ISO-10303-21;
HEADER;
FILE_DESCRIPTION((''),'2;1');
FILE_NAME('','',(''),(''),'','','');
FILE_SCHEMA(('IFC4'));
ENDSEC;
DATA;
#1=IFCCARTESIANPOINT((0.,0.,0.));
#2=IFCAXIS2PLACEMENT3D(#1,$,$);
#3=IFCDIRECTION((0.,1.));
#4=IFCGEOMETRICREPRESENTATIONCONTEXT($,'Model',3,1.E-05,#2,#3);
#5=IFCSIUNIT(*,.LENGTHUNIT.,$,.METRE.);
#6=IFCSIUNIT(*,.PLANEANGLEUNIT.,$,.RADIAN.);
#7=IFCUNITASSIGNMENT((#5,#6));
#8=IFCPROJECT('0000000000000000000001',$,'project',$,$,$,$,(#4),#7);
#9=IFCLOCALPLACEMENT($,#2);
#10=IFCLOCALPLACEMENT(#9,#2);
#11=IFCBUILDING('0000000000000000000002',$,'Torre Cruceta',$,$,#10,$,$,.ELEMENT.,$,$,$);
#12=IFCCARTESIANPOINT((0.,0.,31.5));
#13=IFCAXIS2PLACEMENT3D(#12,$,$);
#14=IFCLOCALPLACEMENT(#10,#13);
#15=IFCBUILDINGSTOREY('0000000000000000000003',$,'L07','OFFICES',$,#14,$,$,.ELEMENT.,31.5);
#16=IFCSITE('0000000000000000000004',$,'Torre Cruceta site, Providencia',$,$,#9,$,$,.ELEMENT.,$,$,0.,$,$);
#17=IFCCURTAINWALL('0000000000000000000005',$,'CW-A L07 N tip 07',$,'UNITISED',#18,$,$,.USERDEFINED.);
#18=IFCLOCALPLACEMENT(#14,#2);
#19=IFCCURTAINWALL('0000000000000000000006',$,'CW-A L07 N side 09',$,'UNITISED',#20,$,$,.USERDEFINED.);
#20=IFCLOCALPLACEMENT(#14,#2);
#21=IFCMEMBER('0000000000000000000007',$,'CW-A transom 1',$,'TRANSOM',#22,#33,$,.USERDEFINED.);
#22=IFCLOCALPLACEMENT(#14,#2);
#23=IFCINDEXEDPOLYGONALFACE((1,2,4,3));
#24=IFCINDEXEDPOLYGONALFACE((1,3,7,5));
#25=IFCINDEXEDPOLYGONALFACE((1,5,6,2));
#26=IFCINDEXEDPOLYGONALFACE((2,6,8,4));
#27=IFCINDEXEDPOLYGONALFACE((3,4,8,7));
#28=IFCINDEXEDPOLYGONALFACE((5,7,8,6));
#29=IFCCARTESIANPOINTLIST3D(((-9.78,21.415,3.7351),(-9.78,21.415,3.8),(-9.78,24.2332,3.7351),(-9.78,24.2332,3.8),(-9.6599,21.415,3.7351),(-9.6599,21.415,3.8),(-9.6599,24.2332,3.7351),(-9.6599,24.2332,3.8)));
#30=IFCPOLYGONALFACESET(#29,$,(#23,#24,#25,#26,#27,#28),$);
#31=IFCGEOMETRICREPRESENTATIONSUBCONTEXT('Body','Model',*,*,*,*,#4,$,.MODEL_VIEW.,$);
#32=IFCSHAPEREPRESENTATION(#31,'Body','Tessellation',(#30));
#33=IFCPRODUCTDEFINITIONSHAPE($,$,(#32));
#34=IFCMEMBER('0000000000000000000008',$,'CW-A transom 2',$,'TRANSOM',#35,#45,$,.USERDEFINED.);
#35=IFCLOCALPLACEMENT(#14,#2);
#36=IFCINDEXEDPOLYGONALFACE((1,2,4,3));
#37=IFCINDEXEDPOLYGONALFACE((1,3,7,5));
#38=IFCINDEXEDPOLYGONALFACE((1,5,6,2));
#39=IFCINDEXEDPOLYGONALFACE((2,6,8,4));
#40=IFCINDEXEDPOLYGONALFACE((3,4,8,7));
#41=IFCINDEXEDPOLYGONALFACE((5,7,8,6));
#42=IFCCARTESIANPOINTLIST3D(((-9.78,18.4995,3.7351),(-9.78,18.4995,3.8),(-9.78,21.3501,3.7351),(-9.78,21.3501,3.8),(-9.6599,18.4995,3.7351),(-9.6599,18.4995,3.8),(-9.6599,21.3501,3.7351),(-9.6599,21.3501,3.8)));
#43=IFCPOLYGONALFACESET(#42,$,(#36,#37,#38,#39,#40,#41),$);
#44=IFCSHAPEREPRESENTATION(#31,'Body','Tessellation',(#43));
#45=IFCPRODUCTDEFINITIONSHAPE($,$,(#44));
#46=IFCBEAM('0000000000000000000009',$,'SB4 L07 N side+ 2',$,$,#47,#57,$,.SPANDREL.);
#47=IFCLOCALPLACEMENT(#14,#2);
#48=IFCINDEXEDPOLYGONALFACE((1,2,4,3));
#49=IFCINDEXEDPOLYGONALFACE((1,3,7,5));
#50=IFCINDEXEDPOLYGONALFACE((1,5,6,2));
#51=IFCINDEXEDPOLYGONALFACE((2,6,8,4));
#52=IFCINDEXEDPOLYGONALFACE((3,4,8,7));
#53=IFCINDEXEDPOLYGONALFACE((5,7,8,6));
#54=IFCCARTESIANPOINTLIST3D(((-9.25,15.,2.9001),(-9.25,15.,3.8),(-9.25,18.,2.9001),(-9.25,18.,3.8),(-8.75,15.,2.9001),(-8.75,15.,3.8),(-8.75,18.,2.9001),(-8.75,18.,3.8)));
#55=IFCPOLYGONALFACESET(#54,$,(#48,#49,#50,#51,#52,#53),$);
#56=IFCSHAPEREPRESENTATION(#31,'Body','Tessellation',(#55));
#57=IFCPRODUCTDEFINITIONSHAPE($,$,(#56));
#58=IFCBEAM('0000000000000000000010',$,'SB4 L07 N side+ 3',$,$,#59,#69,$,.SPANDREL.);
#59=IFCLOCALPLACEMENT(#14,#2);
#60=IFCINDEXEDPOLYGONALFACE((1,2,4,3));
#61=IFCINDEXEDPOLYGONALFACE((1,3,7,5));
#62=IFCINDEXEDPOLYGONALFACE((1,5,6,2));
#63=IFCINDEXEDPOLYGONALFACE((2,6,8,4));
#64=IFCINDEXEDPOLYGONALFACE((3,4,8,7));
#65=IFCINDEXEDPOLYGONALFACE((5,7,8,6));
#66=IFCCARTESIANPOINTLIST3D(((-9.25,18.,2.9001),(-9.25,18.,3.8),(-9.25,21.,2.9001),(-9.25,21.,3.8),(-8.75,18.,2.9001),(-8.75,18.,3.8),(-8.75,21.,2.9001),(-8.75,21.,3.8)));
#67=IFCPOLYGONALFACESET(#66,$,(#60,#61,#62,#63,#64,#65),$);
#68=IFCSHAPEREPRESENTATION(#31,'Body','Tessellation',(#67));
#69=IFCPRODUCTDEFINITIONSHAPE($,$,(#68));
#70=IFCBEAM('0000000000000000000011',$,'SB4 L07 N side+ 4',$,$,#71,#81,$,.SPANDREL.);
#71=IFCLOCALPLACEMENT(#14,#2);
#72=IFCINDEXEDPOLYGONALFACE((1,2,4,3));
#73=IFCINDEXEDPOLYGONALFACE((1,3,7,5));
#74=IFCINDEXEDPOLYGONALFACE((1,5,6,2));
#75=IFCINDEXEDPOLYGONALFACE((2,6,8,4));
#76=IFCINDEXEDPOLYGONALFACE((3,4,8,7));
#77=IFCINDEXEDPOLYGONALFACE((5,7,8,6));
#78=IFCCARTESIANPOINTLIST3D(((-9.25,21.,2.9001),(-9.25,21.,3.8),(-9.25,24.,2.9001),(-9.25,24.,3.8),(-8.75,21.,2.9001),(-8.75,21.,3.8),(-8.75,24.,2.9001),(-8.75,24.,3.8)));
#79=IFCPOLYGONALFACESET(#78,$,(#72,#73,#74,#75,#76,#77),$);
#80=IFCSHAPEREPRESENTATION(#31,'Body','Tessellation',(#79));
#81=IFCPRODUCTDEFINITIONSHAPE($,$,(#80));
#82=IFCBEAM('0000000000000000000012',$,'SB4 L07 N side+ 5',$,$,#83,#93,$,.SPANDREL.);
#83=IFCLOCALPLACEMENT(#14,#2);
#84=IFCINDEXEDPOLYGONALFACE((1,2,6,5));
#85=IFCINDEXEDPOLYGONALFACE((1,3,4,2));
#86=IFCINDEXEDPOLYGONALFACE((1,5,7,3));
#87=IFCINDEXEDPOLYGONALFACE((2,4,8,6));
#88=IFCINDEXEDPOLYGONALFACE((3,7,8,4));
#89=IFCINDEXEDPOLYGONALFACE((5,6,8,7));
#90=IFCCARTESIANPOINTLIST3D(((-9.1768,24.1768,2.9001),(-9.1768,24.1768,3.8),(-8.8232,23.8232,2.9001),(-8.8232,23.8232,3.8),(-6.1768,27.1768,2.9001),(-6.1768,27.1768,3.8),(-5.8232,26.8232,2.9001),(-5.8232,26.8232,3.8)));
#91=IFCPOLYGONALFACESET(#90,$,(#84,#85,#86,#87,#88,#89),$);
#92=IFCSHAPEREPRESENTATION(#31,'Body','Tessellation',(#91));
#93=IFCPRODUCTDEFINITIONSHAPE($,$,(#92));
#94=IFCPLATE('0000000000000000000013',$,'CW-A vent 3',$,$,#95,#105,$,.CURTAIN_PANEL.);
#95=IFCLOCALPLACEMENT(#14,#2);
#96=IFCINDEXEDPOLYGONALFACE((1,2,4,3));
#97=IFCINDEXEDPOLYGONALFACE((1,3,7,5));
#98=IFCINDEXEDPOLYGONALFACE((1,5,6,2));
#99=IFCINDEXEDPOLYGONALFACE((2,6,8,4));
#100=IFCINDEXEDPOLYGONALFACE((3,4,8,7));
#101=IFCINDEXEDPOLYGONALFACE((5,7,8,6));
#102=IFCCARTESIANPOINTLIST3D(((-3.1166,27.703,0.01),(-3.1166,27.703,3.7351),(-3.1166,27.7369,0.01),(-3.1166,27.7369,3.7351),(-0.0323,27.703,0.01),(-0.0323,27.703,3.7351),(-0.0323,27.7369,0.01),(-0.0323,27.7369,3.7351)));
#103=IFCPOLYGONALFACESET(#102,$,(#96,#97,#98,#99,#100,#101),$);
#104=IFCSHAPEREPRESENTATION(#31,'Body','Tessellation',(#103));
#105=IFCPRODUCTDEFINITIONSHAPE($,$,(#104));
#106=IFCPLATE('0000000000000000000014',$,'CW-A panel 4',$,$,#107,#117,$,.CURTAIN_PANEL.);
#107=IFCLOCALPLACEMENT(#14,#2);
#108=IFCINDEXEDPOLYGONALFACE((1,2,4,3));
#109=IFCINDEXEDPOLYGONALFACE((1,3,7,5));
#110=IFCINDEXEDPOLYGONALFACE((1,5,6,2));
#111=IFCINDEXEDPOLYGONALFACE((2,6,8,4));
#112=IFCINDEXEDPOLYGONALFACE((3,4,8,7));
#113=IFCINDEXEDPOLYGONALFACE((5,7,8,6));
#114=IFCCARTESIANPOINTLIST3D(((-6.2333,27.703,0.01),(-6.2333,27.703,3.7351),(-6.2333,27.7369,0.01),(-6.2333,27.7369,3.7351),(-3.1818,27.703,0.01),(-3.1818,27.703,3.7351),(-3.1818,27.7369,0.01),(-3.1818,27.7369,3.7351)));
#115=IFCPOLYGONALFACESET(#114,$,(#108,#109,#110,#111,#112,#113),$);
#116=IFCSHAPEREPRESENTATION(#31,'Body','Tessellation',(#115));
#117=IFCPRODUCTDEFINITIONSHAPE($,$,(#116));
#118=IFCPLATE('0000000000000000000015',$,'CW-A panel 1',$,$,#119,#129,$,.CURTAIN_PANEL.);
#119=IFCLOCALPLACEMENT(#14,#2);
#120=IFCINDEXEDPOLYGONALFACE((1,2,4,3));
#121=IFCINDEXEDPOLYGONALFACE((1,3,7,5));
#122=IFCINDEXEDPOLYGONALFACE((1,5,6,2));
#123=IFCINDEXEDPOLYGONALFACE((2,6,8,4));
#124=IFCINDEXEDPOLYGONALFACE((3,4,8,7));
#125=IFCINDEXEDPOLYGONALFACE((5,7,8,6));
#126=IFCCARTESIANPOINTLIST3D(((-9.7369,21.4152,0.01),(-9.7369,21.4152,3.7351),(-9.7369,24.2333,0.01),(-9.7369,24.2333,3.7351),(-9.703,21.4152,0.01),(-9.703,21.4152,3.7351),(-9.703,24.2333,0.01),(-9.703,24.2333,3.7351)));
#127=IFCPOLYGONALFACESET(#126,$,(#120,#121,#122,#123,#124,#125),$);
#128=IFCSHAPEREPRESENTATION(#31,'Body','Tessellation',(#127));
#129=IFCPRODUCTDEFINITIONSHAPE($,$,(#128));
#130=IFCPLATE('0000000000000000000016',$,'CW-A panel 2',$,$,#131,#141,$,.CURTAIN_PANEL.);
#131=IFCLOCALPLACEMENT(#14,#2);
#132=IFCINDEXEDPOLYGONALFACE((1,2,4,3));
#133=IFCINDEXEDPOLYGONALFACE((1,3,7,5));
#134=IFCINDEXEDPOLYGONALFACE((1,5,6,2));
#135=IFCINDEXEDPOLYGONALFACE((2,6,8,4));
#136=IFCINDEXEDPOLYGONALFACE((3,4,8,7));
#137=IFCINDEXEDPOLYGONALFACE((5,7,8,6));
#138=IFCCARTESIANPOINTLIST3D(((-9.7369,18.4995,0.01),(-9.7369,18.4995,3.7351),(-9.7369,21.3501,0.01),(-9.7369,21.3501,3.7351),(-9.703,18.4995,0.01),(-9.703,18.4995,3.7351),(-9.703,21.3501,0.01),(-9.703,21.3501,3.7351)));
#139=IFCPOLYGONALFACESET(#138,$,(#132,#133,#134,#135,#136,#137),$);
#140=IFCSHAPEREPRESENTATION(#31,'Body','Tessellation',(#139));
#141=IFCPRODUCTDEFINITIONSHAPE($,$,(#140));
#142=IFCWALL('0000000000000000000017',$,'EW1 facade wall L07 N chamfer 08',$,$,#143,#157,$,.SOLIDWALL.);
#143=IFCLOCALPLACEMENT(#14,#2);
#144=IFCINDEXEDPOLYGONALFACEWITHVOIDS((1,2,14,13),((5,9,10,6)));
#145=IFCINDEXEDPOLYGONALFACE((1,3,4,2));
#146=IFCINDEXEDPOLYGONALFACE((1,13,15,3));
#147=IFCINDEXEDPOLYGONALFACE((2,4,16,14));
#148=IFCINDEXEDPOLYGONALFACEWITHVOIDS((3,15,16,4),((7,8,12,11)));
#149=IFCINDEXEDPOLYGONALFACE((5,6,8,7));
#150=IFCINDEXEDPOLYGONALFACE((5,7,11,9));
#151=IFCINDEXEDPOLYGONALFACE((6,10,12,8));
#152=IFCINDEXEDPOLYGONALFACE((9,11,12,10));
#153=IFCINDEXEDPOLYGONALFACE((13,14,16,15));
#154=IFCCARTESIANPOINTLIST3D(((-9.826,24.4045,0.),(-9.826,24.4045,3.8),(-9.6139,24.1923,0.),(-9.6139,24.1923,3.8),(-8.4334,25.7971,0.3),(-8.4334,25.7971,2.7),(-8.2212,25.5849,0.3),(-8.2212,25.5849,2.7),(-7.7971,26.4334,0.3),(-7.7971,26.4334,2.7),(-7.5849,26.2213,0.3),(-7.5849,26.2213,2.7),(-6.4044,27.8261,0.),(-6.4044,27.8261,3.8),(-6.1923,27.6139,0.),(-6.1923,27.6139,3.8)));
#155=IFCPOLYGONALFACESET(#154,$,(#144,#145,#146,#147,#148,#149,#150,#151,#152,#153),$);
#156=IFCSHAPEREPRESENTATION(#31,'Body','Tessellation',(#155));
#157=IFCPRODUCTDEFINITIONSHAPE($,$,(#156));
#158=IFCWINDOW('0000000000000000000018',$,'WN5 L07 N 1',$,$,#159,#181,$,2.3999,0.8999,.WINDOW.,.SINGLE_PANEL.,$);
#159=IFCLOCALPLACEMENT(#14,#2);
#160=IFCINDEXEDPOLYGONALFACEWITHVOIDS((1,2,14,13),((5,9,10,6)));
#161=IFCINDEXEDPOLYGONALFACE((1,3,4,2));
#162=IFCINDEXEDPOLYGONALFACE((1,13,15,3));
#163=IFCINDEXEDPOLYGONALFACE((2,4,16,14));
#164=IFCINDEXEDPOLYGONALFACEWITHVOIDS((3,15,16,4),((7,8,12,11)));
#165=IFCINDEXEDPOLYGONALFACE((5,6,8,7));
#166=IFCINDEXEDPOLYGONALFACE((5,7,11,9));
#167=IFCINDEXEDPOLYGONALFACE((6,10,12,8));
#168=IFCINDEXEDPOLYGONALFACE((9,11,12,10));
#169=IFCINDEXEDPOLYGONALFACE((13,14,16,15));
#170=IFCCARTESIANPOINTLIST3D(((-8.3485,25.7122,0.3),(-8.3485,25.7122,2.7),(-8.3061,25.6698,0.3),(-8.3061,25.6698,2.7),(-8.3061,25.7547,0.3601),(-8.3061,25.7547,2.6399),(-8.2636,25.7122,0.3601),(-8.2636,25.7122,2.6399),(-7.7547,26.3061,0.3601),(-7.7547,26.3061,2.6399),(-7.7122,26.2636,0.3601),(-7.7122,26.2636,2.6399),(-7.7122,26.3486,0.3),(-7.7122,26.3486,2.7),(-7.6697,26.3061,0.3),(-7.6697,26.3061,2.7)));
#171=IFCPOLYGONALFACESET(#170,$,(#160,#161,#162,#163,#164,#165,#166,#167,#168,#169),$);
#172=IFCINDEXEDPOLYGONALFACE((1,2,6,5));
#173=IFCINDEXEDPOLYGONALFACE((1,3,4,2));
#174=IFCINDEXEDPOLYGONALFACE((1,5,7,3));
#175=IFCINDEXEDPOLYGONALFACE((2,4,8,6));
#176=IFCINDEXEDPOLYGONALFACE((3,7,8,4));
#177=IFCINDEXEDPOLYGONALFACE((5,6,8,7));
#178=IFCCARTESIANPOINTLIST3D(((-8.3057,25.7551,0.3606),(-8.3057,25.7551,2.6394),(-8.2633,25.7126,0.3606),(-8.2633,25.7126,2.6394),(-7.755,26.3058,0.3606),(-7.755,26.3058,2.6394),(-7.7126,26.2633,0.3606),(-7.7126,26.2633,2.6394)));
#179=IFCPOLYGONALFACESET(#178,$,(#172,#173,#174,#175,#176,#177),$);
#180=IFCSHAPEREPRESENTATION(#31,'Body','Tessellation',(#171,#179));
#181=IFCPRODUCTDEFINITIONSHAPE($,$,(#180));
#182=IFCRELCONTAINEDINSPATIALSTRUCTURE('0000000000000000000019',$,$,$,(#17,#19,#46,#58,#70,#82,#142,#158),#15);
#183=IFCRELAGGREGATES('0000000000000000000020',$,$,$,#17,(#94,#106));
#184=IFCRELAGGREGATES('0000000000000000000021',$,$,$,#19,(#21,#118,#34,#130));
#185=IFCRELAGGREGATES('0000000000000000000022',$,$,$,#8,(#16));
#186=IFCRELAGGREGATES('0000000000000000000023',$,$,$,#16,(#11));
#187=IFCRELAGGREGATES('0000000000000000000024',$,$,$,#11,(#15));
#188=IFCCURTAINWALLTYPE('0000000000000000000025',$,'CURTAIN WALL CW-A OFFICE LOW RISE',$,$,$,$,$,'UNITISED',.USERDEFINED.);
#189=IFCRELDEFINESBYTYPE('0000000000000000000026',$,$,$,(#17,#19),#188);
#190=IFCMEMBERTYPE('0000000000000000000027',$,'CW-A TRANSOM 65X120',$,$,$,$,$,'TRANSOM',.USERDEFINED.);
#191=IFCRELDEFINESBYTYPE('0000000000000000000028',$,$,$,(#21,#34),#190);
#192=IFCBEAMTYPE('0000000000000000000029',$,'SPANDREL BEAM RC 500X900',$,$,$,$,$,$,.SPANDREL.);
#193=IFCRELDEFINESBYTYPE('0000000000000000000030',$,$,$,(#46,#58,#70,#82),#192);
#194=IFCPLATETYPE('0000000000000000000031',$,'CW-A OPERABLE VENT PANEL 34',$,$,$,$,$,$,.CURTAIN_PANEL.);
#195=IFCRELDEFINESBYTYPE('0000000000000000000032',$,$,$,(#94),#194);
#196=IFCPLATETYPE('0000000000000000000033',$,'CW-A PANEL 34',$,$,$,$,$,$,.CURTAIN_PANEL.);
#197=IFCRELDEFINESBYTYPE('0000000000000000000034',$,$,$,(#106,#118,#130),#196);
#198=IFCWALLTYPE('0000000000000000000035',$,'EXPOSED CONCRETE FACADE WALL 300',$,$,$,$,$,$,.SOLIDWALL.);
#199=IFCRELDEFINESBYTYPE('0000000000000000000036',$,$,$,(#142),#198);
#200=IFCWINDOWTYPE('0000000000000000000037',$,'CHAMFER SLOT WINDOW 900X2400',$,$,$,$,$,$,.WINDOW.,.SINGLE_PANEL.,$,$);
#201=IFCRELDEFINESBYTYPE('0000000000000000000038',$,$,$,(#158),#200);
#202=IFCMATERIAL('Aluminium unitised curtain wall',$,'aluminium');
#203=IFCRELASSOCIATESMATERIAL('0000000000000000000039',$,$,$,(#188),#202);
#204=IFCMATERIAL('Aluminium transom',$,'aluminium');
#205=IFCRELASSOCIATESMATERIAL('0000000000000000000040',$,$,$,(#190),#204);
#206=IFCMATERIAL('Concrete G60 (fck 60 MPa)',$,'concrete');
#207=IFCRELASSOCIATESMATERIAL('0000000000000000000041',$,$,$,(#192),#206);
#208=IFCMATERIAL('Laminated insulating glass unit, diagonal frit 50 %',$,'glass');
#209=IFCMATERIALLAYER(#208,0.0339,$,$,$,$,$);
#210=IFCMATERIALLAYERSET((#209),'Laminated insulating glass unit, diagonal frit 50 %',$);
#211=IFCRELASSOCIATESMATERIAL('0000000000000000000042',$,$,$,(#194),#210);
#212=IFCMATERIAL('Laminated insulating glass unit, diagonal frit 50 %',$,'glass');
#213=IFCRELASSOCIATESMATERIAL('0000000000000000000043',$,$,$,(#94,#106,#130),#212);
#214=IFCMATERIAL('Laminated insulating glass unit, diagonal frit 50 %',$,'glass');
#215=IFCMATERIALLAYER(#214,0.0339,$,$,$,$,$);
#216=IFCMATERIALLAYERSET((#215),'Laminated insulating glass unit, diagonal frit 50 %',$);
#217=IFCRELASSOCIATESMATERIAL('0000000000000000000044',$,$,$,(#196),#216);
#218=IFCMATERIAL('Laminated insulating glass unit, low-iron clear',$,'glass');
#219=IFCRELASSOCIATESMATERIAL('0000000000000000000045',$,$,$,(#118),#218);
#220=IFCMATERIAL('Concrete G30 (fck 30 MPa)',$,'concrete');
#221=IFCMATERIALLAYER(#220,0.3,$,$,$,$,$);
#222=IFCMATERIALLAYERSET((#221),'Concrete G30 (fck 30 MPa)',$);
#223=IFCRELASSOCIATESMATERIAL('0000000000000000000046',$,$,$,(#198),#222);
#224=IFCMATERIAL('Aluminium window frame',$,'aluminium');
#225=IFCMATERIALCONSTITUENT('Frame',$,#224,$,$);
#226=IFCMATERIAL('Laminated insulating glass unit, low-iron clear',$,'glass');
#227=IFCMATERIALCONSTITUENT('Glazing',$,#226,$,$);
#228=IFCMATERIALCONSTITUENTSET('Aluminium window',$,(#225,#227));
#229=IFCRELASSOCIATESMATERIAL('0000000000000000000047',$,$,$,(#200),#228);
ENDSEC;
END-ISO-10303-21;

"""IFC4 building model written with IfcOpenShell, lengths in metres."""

from ifc_helpers import new_model, si_unit, direction, frame, frame_2d, origin, origin_2d, place, context, subcontext, project, spatial, rectangle, hollow_rectangle, extrude, material, layer, layer_set, constituent, constituent_set, material_profile, profile_set, type_object, element, fill, aggregate, save


model = new_model("IFC4")

# Units and contexts
model_context = context("Model", 3, precision=1e-05, world=origin(), true_north=direction((0.0, 1.0)))
body_context = subcontext(model_context, "Body", "Model", "MODEL_VIEW")
ifc_project = project(units=[si_unit("LENGTHUNIT", "METRE"), si_unit("PLANEANGLEUNIT", "RADIAN")], contexts=[model_context])

# Site, building, storey
site_placement = place(None, origin())
site = spatial("IfcSite", under=ifc_project, at=site_placement, Name="Torre Cruceta site, Providencia", CompositionType="ELEMENT", RefElevation=0.0)
building_placement = place(site_placement, origin())
building = spatial("IfcBuilding", under=site, at=building_placement, Name="Torre Cruceta", CompositionType="ELEMENT")
storey_placement = place(building_placement, frame((0.0, 0.0, 31.5)))
storey = spatial("IfcBuildingStorey", under=building, at=storey_placement, Name="L07", Description="OFFICES", CompositionType="ELEMENT", Elevation=31.5)

# Curtain walls
ifc_material_1 = material(Name="Aluminium unitised curtain wall", Category="aluminium")
curtain_wall_type = type_object("IfcCurtainWallType", Name="CURTAIN WALL CW-A OFFICE LOW RISE", ElementType="UNITISED", PredefinedType="USERDEFINED", material=ifc_material_1)
curtain_wall_1_placement = place(storey_placement, origin())
curtain_wall_1 = element("IfcCurtainWall", 1, at=curtain_wall_1_placement, inside=storey, type_object=curtain_wall_type, Name="CW-A L07 N tip 07", ObjectType="UNITISED", PredefinedType="USERDEFINED")
curtain_wall_2_placement = place(storey_placement, origin())
curtain_wall_2 = element("IfcCurtainWall", 2, at=curtain_wall_2_placement, inside=storey, type_object=curtain_wall_type, Name="CW-A L07 N side 09", ObjectType="UNITISED", PredefinedType="USERDEFINED")

# Members
ifc_material_2 = material(Name="Aluminium transom", Category="aluminium")
ifc_material_profile_1 = material_profile(ifc_material_2, rectangle(XDim=0.1201, YDim=0.0649, at=origin_2d()), Name="AL 120X65")
ifc_profile_set_1 = profile_set([ifc_material_profile_1], Name="Aluminium transom")
member_type_1 = type_object("IfcMemberType", Name="CW-A TRANSOM 65X120", ElementType="TRANSOM", PredefinedType="USERDEFINED", material=ifc_profile_set_1)
member_1_placement = place(storey_placement, frame((-9.72, 24.2332, 3.7676), z_axis=(0.0, -1.0, 0.0), x_axis=(1.0, 0.0, 0.0)))
member_1 = element("IfcMember", 3, at=member_1_placement, type_object=member_type_1, Name="CW-A transom 1", ObjectType="TRANSOM", PredefinedType="USERDEFINED", context=body_context, shape_type="SweptSolid", body=[
    extrude(rectangle(XDim=0.1201, YDim=0.0649, at=origin_2d()), origin(), (0.0, 0.0, 1.0), 2.8181),
])
member_2_placement = place(storey_placement, frame((-9.72, 21.3501, 3.7676), z_axis=(0.0, -1.0, 0.0), x_axis=(1.0, 0.0, 0.0)))
member_2 = element("IfcMember", 4, at=member_2_placement, type_object=member_type_1, Name="CW-A transom 2", ObjectType="TRANSOM", PredefinedType="USERDEFINED", context=body_context, shape_type="SweptSolid", body=[
    extrude(rectangle(XDim=0.1201, YDim=0.0649, at=origin_2d()), origin(), (0.0, 0.0, 1.0), 2.8506),
])

# Beams
ifc_material_3 = material(Name="Concrete G60 (fck 60 MPa)", Category="concrete")
ifc_material_profile_2 = material_profile(ifc_material_3, rectangle(XDim=0.5, YDim=0.8999, at=origin_2d()), Name="RC 500X900")
ifc_profile_set_2 = profile_set([ifc_material_profile_2], Name="Concrete G60 (fck 60 MPa)")
beam_type_1 = type_object("IfcBeamType", Name="SPANDREL BEAM RC 500X900", PredefinedType="SPANDREL", material=ifc_profile_set_2)
for number, where, z_axis, x_axis, name in (
    (5, (-9.0, 15.0, 3.3501), (0.0, 1.0, 0.0), (-1.0, 0.0, 0.0), "SB4 L07 N side+ 2"),
    (6, (-9.0, 18.0, 3.3501), (0.0, 1.0, 0.0), (-1.0, 0.0, 0.0), "SB4 L07 N side+ 3"),
    (7, (-9.0, 21.0, 3.3501), (0.0, 1.0, 0.0), (-1.0, 0.0, 0.0), "SB4 L07 N side+ 4"),
):
    element("IfcBeam", number, at=place(storey_placement, frame(where, z_axis=z_axis, x_axis=x_axis)), inside=storey, type_object=beam_type_1, Name=name, PredefinedType="SPANDREL", context=body_context, shape_type="SweptSolid", body=[
        extrude(rectangle(XDim=0.5, YDim=0.8999, at=origin_2d()), origin(), (0.0, 0.0, 1.0), 3.0),
    ])
beam_placement = place(storey_placement, frame((-9.0, 24.0, 3.3501), z_axis=(0.707107, 0.707107, 0.0), x_axis=(-0.707107, 0.707107, 0.0)))
element("IfcBeam", 8, at=beam_placement, inside=storey, type_object=beam_type_1, Name="SB4 L07 N side+ 5", PredefinedType="SPANDREL", context=body_context, shape_type="SweptSolid", body=[
    extrude(rectangle(XDim=0.5, YDim=0.8999, at=origin_2d()), origin(), (0.0, 0.0, 1.0), 4.2427),
])

# Plates
ifc_material_4 = material(Name="Laminated insulating glass unit, diagonal frit 50 %", Category="glass")
ifc_material_5 = material(Name="Laminated insulating glass unit, diagonal frit 50 %", Category="glass")
ifc_layer_1 = layer(ifc_material_5, 0.0339)
ifc_layer_set_1 = layer_set([ifc_layer_1], Name="Laminated insulating glass unit, diagonal frit 50 %")
plate_type_1 = type_object("IfcPlateType", Name="CW-A OPERABLE VENT PANEL 34", PredefinedType="CURTAIN_PANEL", material=ifc_layer_set_1)
plate_1_placement = place(storey_placement, frame((-1.5745, 27.72, 0.01), z_axis=(0.0, 0.0, 1.0), x_axis=(-1.0, 0.0, 0.0)))
plate_1 = element("IfcPlate", 9, at=plate_1_placement, type_object=plate_type_1, material=ifc_material_4, Name="CW-A vent 3", PredefinedType="CURTAIN_PANEL", context=body_context, shape_type="SweptSolid", body=[
    extrude(rectangle(XDim=3.0842, YDim=0.0339, at=origin_2d()), origin(), (0.0, 0.0, 1.0), 3.7251),
])
ifc_material_6 = material(Name="Laminated insulating glass unit, diagonal frit 50 %", Category="glass")
ifc_layer_2 = layer(ifc_material_6, 0.0339)
ifc_layer_set_2 = layer_set([ifc_layer_2], Name="Laminated insulating glass unit, diagonal frit 50 %")
plate_type_2 = type_object("IfcPlateType", Name="CW-A PANEL 34", PredefinedType="CURTAIN_PANEL", material=ifc_layer_set_2)
plate_2_placement = place(storey_placement, frame((-4.7075, 27.72, 0.01), z_axis=(0.0, 0.0, 1.0), x_axis=(-1.0, 0.0, 0.0)))
plate_2 = element("IfcPlate", 10, at=plate_2_placement, type_object=plate_type_2, material=ifc_material_4, Name="CW-A panel 4", PredefinedType="CURTAIN_PANEL", context=body_context, shape_type="SweptSolid", body=[
    extrude(rectangle(XDim=3.0515, YDim=0.0339, at=origin_2d()), origin(), (0.0, 0.0, 1.0), 3.7251),
])
aggregate(curtain_wall_1, [plate_1, plate_2])
ifc_material_7 = material(Name="Laminated insulating glass unit, low-iron clear", Category="glass")
plate_3_placement = place(storey_placement, frame((-9.72, 22.8242, 0.01), z_axis=(0.0, 0.0, 1.0), x_axis=(0.0, -1.0, 0.0)))
plate_3 = element("IfcPlate", 11, at=plate_3_placement, type_object=plate_type_2, material=ifc_material_7, Name="CW-A panel 1", PredefinedType="CURTAIN_PANEL", context=body_context, shape_type="SweptSolid", body=[
    extrude(rectangle(XDim=2.8181, YDim=0.0339, at=origin_2d()), origin(), (0.0, 0.0, 1.0), 3.7251),
])
plate_4_placement = place(storey_placement, frame((-9.72, 19.9248, 0.01), z_axis=(0.0, 0.0, 1.0), x_axis=(0.0, -1.0, 0.0)))
plate_4 = element("IfcPlate", 12, at=plate_4_placement, type_object=plate_type_2, material=ifc_material_4, Name="CW-A panel 2", PredefinedType="CURTAIN_PANEL", context=body_context, shape_type="SweptSolid", body=[
    extrude(rectangle(XDim=2.8506, YDim=0.0339, at=origin_2d()), origin(), (0.0, 0.0, 1.0), 3.7251),
])
aggregate(curtain_wall_2, [member_1, plate_3, member_2, plate_4])

# Wall, opening, window
ifc_material_8 = material(Name="Concrete G30 (fck 30 MPa)", Category="concrete")
ifc_layer_3 = layer(ifc_material_8, 0.3)
ifc_layer_set_3 = layer_set([ifc_layer_3], Name="Concrete G30 (fck 30 MPa)")
wall_type_1 = type_object("IfcWallType", Name="EXPOSED CONCRETE FACADE WALL 300", PredefinedType="SOLIDWALL", material=ifc_layer_set_3)
wall_1_placement = place(storey_placement, frame((-6.2983, 27.72, 0.0), z_axis=(0.0, 0.0, 1.0), x_axis=(-0.707107, -0.707107, 0.0)))
wall_1 = element("IfcWall", 13, at=wall_1_placement, inside=storey, type_object=wall_type_1, Name="EW1 facade wall L07 N chamfer 08", PredefinedType="SOLIDWALL", context=body_context, shape_type="SweptSolid", body=[
    extrude(rectangle(XDim=4.8389, YDim=0.3, at=frame_2d((2.4194, 0.0))), origin(), (0.0, 0.0, 1.0), 3.8),
])
opening_1_placement = place(wall_1_placement, frame((1.9695, 0.0, 0.3)))
opening_1 = element("IfcOpeningElement", 14, at=opening_1_placement, cuts=wall_1, PredefinedType="OPENING", context=body_context, shape_type="SweptSolid", body=[
    extrude(rectangle(XDim=0.8999, YDim=2.3999, at=frame_2d((0.45, 1.2))), frame((0.0, 0.1599, 0.0), z_axis=(0.0, -1.0, 0.0), x_axis=(1.0, 0.0, 0.0)), (0.0, 0.0, 1.0), 0.3201),
])
ifc_material_9 = material(Name="Aluminium window frame", Category="aluminium")
ifc_constituent_1 = constituent(ifc_material_9, Name="Frame")
ifc_material_10 = material(Name="Laminated insulating glass unit, low-iron clear", Category="glass")
ifc_constituent_2 = constituent(ifc_material_10, Name="Glazing")
ifc_constituent_set_1 = constituent_set(constituents=[ifc_constituent_1, ifc_constituent_2], Name="Aluminium window")
window_type = type_object("IfcWindowType", Name="CHAMFER SLOT WINDOW 900X2400", PartitioningType="SINGLE_PANEL", PredefinedType="WINDOW", material=ifc_constituent_set_1)
window_placement = place(opening_1_placement, origin())
window = element("IfcWindow", 15, at=window_placement, inside=storey, type_object=window_type, Name="WN5 L07 N 1", OverallHeight=2.3999, OverallWidth=0.8999, PartitioningType="SINGLE_PANEL", PredefinedType="WINDOW", context=body_context, shape_type="SweptSolid", body=[
    extrude(hollow_rectangle(XDim=0.8999, YDim=2.3999, WallThickness=0.0601, at=frame_2d((0.45, 1.2))), frame((0.0, 0.03, 0.0), z_axis=(0.0, -1.0, 0.0), x_axis=(1.0, 0.0, 0.0)), (0.0, 0.0, 1.0), 0.0601),
    extrude(rectangle(XDim=0.7788, YDim=2.2788, at=frame_2d((0.45, 1.2))), frame((0.0, 0.03, 0.0), z_axis=(0.0, -1.0, 0.0), x_axis=(1.0, 0.0, 0.0)), (0.0, 0.0, 1.0), 0.0601),
])
fill(opening_1, window)

save(model, "model.ifc")
